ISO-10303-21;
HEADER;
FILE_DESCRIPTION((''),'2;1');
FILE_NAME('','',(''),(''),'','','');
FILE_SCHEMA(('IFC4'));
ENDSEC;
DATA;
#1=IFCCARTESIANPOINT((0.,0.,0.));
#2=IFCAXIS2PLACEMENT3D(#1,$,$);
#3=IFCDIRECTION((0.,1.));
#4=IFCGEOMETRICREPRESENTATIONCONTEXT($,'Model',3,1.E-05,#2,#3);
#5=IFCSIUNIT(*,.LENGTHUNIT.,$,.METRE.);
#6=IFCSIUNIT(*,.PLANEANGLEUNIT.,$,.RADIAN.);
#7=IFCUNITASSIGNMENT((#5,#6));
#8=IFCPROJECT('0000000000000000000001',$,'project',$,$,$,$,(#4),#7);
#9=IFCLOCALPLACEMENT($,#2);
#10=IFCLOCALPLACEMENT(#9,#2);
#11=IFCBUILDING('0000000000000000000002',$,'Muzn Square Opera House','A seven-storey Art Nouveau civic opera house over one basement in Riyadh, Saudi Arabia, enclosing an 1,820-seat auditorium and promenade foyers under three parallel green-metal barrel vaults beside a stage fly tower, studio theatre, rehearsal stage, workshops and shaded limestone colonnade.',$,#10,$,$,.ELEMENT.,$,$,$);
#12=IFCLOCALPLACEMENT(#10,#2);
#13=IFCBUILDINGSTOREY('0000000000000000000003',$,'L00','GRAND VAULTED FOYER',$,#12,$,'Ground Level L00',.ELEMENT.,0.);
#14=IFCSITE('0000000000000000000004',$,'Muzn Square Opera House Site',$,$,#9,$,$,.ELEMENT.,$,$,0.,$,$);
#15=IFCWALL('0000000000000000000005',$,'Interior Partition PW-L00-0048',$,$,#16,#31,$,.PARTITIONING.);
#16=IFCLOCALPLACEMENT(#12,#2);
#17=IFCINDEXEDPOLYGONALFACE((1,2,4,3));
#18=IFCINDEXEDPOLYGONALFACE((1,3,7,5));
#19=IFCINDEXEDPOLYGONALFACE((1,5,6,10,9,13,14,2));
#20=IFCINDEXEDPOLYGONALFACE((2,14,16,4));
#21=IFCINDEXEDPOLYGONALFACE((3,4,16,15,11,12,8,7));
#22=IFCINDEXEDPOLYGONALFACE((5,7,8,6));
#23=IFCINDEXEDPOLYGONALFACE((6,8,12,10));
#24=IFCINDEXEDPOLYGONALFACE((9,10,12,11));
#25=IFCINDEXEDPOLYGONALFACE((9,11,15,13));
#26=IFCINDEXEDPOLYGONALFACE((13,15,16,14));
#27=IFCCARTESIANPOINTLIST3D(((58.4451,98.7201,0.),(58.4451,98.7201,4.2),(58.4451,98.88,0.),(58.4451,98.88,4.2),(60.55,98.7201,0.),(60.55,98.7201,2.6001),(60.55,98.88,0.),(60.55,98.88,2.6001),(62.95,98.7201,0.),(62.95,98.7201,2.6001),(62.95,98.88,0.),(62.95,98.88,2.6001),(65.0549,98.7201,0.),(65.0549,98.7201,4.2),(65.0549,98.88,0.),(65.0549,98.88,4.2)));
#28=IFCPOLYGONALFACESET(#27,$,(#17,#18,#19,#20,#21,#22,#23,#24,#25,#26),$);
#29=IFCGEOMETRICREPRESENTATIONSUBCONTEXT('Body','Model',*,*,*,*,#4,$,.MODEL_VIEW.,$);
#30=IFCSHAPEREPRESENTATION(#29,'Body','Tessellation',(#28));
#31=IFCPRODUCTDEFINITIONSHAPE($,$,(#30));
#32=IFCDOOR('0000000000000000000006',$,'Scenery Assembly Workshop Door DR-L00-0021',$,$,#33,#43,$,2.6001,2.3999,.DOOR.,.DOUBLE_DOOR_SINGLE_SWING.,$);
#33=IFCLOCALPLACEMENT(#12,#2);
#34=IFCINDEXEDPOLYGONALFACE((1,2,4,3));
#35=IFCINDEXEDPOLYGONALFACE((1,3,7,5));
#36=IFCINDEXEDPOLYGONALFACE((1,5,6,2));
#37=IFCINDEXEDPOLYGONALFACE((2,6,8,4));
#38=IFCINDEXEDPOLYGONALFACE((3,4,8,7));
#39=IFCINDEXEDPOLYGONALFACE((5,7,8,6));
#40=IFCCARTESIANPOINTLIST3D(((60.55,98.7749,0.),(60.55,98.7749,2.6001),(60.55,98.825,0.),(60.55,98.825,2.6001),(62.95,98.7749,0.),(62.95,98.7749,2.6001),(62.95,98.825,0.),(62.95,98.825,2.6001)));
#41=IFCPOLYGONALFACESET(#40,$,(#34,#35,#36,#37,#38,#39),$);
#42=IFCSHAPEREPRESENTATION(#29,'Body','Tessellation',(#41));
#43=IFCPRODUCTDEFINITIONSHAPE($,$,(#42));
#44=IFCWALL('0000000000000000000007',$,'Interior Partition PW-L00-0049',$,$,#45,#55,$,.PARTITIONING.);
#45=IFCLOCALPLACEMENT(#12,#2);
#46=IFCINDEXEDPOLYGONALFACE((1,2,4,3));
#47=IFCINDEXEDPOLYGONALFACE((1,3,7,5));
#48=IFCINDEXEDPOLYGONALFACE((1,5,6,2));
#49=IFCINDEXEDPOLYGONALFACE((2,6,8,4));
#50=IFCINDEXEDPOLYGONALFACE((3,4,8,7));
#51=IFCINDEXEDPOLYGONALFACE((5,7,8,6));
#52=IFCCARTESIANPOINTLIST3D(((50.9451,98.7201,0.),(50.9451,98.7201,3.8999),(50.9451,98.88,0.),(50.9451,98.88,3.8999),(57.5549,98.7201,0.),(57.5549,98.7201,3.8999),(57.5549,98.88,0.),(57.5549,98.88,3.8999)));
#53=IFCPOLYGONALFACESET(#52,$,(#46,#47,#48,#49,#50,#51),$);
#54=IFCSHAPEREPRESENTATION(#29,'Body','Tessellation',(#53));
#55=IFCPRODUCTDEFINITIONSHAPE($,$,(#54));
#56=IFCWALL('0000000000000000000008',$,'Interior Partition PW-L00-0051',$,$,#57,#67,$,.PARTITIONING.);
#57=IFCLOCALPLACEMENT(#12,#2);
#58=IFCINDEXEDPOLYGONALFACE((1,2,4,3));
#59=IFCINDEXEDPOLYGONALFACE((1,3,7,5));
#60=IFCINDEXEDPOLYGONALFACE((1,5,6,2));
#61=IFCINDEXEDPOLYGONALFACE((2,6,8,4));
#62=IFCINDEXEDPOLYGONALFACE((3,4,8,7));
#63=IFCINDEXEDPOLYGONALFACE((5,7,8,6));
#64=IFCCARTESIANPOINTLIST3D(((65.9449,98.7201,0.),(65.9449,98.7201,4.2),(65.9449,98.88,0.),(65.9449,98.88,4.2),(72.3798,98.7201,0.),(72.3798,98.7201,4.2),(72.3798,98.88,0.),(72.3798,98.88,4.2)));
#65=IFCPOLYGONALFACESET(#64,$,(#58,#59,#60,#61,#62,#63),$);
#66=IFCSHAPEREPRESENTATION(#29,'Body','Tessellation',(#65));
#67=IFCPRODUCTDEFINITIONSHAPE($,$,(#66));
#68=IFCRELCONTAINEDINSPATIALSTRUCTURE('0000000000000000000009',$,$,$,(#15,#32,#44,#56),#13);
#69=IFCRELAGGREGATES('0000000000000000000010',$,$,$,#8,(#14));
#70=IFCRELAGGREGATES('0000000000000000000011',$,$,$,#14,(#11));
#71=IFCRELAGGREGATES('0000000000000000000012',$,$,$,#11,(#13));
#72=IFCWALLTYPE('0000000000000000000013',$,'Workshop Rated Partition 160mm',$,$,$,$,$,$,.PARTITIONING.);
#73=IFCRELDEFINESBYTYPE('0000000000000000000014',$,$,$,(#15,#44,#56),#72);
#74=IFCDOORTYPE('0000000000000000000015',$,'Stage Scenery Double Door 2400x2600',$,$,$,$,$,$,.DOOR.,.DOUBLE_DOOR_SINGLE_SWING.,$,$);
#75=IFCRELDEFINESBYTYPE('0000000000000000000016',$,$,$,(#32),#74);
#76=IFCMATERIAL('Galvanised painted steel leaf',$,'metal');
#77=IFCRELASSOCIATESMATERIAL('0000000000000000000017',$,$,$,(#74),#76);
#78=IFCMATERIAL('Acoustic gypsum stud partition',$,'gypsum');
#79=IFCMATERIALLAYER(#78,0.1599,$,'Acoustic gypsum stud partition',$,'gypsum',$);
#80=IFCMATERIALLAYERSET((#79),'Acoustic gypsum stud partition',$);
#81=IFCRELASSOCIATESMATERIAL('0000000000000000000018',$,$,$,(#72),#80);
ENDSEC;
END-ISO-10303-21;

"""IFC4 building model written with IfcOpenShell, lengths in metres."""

from ifc_helpers import new_model, si_unit, direction, frame, frame_2d, origin, place, context, subcontext, project, spatial, rectangle, extrude, material, layer, layer_set, type_object, element, fill, save


model = new_model("IFC4")

# Units and contexts
model_context = context("Model", 3, precision=1e-05, world=origin(), true_north=direction((0.0, 1.0)))
body_context = subcontext(model_context, "Body", "Model", "MODEL_VIEW")
ifc_project = project(units=[si_unit("LENGTHUNIT", "METRE"), si_unit("PLANEANGLEUNIT", "RADIAN")], contexts=[model_context])

# Site, building, storey
site_placement = place(None, origin())
site = spatial("IfcSite", under=ifc_project, at=site_placement, Name="Muzn Square Opera House Site", CompositionType="ELEMENT", RefElevation=0.0)
building_placement = place(site_placement, origin())
building = spatial("IfcBuilding", under=site, at=building_placement, Name="Muzn Square Opera House", Description="A seven-storey Art Nouveau civic opera house over one basement in Riyadh, Saudi Arabia, enclosing an 1,820-seat auditorium and promenade foyers under three parallel green-metal barrel vaults beside a stage fly tower, studio theatre, rehearsal stage, workshops and shaded limestone colonnade.", CompositionType="ELEMENT")
storey_placement = place(building_placement, origin())
storey = spatial("IfcBuildingStorey", under=building, at=storey_placement, Name="L00", Description="GRAND VAULTED FOYER", LongName="Ground Level L00", CompositionType="ELEMENT", Elevation=0.0)

# Shared definitions
ifc_material_1 = material(Name="Acoustic gypsum stud partition", Category="gypsum")
ifc_material_2 = material(Name="Galvanised painted steel leaf", Category="metal")
door_type_1 = type_object("IfcDoorType", Name="Stage Scenery Double Door 2400x2600", OperationType="DOUBLE_DOOR_SINGLE_SWING", PredefinedType="DOOR", material=ifc_material_2)

# Wall, opening, door
ifc_layer_1 = layer(ifc_material_1, 0.1599, Name="Acoustic gypsum stud partition", Category="gypsum")
ifc_layer_set_1 = layer_set([ifc_layer_1], Name="Acoustic gypsum stud partition")
wall_type_1 = type_object("IfcWallType", Name="Workshop Rated Partition 160mm", PredefinedType="PARTITIONING", material=ifc_layer_set_1)
wall_1_placement = place(storey_placement, frame((58.4451, 98.8, 0.0), z_axis=(0.0, 0.0, 1.0), x_axis=(1.0, 0.0, 0.0)))
wall_1 = element("IfcWall", 1, at=wall_1_placement, inside=storey, type_object=wall_type_1, Name="Interior Partition PW-L00-0048", PredefinedType="PARTITIONING", context=body_context, shape_type="SweptSolid", body=[
    extrude(rectangle(XDim=6.6099, YDim=0.1599, at=frame_2d((3.3049, 0.0))), origin(), (0.0, 0.0, 1.0), 4.2),
])
opening_1_placement = place(wall_1_placement, frame((2.105, 0.0, 0.0)))
opening_1 = element("IfcOpeningElement", 2, at=opening_1_placement, cuts=wall_1, PredefinedType="OPENING", context=body_context, shape_type="SweptSolid", body=[
    extrude(rectangle(XDim=2.3999, YDim=2.6001, at=frame_2d((1.2, 1.3))), frame((0.0, 0.0898, 0.0), z_axis=(0.0, -1.0, 0.0), x_axis=(1.0, 0.0, 0.0)), (0.0, 0.0, 1.0), 0.1799),
])
door_1_placement = place(opening_1_placement, origin())
door_1 = element("IfcDoor", 3, at=door_1_placement, inside=storey, type_object=door_type_1, Name="Scenery Assembly Workshop Door DR-L00-0021", OperationType="DOUBLE_DOOR_SINGLE_SWING", OverallHeight=2.6001, OverallWidth=2.3999, PredefinedType="DOOR", context=body_context, shape_type="SweptSolid", body=[
    extrude(rectangle(XDim=2.3999, YDim=2.6001, at=frame_2d((1.2, 1.3))), frame((0.0, 0.0249, 0.0), z_axis=(0.0, -1.0, 0.0), x_axis=(1.0, 0.0, 0.0)), (0.0, 0.0, 1.0), 0.05),
])
fill(opening_1, door_1)

# Walls
wall_2_placement = place(storey_placement, frame((50.9451, 98.8, 0.0), z_axis=(0.0, 0.0, 1.0), x_axis=(1.0, 0.0, 0.0)))
element("IfcWall", 4, at=wall_2_placement, inside=storey, type_object=wall_type_1, Name="Interior Partition PW-L00-0049", PredefinedType="PARTITIONING", context=body_context, shape_type="SweptSolid", body=[
    extrude(rectangle(XDim=6.6099, YDim=0.1599, at=frame_2d((3.3049, 0.0))), origin(), (0.0, 0.0, 1.0), 3.8999),
])
wall_3_placement = place(storey_placement, frame((65.9451, 98.8, 0.0), z_axis=(0.0, 0.0, 1.0), x_axis=(1.0, 0.0, 0.0)))
element("IfcWall", 5, at=wall_3_placement, inside=storey, type_object=wall_type_1, Name="Interior Partition PW-L00-0051", PredefinedType="PARTITIONING", context=body_context, shape_type="SweptSolid", body=[
    extrude(rectangle(XDim=6.4348, YDim=0.1599, at=frame_2d((3.2173, 0.0))), origin(), (0.0, 0.0, 1.0), 4.2),
])

save(model, "model.ifc")
